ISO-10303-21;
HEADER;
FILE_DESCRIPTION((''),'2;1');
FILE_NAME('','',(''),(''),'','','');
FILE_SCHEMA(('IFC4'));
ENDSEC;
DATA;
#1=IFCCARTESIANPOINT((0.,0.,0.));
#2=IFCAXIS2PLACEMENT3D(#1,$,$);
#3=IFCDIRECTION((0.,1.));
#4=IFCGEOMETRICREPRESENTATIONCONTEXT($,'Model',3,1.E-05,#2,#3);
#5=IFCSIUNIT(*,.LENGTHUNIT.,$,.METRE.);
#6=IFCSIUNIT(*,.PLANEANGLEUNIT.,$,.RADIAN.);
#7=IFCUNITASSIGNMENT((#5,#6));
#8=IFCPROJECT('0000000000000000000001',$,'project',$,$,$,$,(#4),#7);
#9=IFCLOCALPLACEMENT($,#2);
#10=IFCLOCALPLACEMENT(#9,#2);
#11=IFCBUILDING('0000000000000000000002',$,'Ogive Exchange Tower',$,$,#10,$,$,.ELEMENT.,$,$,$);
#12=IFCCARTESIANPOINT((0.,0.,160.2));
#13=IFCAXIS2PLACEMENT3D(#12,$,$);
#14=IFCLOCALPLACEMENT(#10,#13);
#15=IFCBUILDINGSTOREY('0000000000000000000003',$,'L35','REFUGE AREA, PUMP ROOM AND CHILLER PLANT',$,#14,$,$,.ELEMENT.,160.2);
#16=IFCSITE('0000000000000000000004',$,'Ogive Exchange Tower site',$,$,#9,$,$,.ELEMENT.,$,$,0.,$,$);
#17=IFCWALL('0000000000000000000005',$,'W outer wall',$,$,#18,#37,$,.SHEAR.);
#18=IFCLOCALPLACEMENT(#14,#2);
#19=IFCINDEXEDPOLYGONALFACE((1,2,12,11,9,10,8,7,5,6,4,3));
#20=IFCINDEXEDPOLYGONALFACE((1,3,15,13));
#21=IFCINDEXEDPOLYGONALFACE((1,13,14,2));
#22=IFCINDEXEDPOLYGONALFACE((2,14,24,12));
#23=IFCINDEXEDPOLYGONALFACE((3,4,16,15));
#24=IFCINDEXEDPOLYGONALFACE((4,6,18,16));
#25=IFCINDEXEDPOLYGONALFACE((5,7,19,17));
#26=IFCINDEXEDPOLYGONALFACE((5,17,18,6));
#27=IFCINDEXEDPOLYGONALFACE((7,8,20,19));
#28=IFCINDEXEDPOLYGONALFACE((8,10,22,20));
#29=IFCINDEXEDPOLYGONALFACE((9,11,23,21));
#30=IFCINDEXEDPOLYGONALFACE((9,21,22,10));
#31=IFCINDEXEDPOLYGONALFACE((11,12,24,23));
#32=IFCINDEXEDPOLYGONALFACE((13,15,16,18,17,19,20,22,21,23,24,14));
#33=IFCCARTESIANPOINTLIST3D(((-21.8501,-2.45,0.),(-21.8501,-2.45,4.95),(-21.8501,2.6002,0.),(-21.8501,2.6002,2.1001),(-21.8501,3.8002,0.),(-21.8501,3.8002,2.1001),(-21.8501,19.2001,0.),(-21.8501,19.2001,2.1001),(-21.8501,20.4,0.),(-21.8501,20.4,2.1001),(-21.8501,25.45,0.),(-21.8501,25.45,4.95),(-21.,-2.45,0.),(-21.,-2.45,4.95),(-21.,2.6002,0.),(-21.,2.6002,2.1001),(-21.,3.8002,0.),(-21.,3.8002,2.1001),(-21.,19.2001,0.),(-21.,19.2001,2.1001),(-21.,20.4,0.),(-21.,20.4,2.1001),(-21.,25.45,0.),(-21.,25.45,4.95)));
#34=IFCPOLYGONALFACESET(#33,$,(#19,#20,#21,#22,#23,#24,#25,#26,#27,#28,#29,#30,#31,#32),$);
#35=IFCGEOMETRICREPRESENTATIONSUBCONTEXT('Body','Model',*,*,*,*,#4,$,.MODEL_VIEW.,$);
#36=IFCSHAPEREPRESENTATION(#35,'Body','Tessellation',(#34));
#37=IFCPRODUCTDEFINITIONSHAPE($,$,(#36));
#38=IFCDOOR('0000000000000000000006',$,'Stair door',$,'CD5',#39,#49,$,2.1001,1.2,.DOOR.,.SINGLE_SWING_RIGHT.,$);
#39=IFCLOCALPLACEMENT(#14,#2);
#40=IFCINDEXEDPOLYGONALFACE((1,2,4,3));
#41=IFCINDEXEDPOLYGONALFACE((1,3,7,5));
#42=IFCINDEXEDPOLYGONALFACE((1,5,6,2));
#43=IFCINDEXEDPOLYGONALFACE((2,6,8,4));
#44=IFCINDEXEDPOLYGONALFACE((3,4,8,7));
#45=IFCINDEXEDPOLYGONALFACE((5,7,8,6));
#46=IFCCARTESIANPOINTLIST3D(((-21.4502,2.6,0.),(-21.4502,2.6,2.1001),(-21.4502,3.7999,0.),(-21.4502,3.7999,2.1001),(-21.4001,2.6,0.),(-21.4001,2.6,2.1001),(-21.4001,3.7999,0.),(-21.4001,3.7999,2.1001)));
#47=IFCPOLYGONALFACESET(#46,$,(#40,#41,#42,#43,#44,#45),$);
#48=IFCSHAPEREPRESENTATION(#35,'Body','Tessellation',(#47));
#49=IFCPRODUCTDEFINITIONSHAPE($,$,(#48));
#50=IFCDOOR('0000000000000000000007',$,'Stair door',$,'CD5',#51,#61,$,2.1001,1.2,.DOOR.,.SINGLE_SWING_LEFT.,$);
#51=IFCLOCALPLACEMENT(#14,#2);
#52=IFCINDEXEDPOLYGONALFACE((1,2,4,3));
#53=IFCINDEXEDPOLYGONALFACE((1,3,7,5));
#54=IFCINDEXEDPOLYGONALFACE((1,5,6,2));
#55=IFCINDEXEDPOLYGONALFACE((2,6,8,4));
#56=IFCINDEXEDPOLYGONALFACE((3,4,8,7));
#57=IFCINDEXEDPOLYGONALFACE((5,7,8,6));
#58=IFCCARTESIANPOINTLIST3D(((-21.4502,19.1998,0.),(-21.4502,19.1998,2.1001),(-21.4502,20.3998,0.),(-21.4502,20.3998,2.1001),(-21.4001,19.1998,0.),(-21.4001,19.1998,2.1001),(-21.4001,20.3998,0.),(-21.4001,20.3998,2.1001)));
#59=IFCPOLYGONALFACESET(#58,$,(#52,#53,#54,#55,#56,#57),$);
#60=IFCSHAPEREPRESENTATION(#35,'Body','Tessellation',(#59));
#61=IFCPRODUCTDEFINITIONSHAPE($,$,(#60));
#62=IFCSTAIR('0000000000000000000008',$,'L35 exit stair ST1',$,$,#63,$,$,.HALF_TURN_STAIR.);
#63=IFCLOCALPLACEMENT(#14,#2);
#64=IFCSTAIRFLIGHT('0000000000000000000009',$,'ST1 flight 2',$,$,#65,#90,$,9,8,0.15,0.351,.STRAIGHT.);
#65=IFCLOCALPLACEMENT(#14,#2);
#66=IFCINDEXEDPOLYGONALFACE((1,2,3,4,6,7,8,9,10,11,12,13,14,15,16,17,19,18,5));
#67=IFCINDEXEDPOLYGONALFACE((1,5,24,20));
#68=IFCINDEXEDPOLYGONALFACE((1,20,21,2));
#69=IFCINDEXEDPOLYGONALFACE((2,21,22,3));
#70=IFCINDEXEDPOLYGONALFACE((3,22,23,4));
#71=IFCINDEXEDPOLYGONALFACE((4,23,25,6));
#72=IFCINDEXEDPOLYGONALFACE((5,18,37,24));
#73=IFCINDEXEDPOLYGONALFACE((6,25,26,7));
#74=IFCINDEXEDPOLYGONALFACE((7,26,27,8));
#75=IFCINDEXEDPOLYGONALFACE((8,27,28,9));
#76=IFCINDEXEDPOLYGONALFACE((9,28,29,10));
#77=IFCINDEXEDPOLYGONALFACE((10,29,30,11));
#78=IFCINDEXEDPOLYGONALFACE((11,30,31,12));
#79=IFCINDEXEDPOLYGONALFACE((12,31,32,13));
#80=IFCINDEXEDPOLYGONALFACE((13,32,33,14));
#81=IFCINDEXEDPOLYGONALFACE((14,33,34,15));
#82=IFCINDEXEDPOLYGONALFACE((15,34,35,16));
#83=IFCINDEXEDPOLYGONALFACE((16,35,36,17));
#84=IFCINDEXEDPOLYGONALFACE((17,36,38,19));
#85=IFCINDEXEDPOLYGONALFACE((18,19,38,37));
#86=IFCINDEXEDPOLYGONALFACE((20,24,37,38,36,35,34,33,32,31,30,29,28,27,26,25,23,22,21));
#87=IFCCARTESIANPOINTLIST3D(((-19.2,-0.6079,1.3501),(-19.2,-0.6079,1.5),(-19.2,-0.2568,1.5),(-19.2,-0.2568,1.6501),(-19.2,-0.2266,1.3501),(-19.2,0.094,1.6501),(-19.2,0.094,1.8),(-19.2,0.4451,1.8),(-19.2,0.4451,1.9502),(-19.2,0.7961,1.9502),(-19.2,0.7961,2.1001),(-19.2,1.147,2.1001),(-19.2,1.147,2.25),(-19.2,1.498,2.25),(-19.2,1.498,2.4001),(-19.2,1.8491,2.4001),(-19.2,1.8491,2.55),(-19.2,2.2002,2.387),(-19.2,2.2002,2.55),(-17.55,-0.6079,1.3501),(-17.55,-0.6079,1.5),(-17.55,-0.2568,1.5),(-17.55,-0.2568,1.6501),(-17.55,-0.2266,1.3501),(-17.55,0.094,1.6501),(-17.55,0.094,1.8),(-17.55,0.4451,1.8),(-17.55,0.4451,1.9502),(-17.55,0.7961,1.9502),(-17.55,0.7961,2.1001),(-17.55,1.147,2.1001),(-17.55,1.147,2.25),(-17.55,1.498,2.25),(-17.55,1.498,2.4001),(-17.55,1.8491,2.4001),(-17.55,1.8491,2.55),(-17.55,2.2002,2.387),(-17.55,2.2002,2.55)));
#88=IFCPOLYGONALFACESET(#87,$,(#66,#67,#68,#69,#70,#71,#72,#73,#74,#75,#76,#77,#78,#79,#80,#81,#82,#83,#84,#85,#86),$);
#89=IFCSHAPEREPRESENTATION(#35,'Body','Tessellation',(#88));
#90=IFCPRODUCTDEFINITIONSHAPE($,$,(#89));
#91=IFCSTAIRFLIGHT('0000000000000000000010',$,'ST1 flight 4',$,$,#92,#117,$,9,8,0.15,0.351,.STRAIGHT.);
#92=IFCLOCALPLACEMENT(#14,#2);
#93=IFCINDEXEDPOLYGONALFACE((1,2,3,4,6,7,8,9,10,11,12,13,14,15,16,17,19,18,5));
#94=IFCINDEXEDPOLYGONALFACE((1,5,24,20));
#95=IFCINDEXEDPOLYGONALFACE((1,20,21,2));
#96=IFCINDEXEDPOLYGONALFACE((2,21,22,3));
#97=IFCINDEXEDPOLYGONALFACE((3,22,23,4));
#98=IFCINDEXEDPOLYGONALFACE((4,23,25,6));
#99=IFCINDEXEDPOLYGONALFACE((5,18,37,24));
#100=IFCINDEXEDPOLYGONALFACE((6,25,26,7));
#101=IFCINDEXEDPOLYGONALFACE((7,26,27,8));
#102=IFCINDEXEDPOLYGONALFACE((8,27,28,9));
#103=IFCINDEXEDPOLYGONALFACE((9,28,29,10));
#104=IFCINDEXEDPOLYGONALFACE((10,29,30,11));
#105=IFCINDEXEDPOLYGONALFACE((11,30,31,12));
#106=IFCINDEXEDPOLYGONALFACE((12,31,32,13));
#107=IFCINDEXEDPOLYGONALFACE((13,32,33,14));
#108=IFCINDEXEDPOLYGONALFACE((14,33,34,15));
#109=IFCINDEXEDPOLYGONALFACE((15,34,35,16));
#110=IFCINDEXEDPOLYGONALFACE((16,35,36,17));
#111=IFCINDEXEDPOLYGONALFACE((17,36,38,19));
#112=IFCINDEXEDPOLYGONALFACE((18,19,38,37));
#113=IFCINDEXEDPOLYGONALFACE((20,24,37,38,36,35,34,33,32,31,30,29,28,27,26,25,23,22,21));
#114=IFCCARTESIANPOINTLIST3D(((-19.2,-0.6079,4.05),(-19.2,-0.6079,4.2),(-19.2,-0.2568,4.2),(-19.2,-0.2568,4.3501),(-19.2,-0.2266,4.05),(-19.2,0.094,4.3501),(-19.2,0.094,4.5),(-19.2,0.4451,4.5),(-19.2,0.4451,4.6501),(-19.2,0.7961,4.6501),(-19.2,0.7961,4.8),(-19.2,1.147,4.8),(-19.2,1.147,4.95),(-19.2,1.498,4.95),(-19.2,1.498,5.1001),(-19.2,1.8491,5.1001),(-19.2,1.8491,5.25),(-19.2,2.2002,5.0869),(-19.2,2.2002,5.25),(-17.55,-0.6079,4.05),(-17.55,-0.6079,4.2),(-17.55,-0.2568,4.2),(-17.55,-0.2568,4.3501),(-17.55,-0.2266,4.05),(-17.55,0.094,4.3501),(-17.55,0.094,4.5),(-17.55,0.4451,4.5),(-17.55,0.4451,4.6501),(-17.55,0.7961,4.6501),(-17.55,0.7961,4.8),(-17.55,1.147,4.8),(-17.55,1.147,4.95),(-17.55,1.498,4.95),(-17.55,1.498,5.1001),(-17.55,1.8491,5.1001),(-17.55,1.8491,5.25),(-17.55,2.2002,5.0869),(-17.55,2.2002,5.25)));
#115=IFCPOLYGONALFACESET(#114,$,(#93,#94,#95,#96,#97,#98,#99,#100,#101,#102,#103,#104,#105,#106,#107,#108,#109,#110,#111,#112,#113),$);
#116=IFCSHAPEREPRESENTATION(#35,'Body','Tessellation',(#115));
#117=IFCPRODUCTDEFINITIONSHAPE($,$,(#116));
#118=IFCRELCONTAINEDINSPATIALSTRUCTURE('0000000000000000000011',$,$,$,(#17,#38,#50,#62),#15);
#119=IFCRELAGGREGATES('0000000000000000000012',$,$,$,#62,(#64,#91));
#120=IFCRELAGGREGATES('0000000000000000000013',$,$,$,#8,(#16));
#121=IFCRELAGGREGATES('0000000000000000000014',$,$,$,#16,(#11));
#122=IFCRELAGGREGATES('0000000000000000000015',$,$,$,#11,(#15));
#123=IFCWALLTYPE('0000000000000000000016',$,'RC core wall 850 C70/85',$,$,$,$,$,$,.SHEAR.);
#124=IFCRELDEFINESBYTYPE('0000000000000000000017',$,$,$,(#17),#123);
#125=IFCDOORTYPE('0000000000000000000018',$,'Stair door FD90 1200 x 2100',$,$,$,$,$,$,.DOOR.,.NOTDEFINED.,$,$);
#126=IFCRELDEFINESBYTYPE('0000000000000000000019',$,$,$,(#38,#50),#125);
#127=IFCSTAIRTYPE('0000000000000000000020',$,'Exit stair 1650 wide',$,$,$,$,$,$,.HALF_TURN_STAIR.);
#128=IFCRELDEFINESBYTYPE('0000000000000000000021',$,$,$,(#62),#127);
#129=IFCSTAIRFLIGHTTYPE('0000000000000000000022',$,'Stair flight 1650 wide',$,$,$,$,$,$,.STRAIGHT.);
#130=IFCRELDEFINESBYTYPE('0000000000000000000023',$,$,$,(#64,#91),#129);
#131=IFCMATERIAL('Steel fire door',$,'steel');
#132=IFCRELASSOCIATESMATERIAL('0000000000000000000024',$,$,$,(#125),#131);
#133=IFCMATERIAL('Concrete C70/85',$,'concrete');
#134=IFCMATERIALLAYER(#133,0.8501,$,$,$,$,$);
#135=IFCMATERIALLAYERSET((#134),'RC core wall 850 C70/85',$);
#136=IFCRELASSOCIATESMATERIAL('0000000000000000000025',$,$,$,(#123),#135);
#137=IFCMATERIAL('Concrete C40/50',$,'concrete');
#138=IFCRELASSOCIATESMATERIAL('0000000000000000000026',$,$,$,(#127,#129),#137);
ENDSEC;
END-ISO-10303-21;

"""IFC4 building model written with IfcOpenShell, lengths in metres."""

from ifc_helpers import new_model, si_unit, direction, frame, frame_2d, origin, place, context, subcontext, project, spatial, polyline, rectangle, outline, extrude, material, layer, layer_set, type_object, element, fill, aggregate, save


model = new_model("IFC4")

# Units and contexts
model_context = context("Model", 3, precision=1e-05, world=origin(), true_north=direction((0.0, 1.0)))
body_context = subcontext(model_context, "Body", "Model", "MODEL_VIEW")
ifc_project = project(units=[si_unit("LENGTHUNIT", "METRE"), si_unit("PLANEANGLEUNIT", "RADIAN")], contexts=[model_context])

# Site, building, storey
site_placement = place(None, origin())
site = spatial("IfcSite", under=ifc_project, at=site_placement, Name="Ogive Exchange Tower site", CompositionType="ELEMENT", RefElevation=0.0)
building_placement = place(site_placement, origin())
building = spatial("IfcBuilding", under=site, at=building_placement, Name="Ogive Exchange Tower", CompositionType="ELEMENT")
storey_placement = place(building_placement, frame((0.0, 0.0, 160.2)))
storey = spatial("IfcBuildingStorey", under=building, at=storey_placement, Name="L35", Description="REFUGE AREA, PUMP ROOM AND CHILLER PLANT", CompositionType="ELEMENT", Elevation=160.2)

# Shared definitions
ifc_material_1 = material(Name="Concrete C70/85", Category="concrete")
ifc_material_2 = material(Name="Steel fire door", Category="steel")
door_type_1 = type_object("IfcDoorType", Name="Stair door FD90 1200 x 2100", OperationType="NOTDEFINED", PredefinedType="DOOR", material=ifc_material_2)

# Wall, openings, doors
ifc_layer_1 = layer(ifc_material_1, 0.8501)
ifc_layer_set_1 = layer_set([ifc_layer_1], Name="RC core wall 850 C70/85")
wall_type_1 = type_object("IfcWallType", Name="RC core wall 850 C70/85", PredefinedType="SHEAR", material=ifc_layer_set_1)
wall_1_placement = place(storey_placement, frame((-21.425, -2.45, 0.0), z_axis=(0.0, 0.0, 1.0), x_axis=(0.0, 1.0, 0.0)))
wall_1 = element("IfcWall", 1, at=wall_1_placement, inside=storey, type_object=wall_type_1, Name="W outer wall", PredefinedType="SHEAR", context=body_context, shape_type="SweptSolid", body=[
    extrude(rectangle(XDim=27.8999, YDim=0.8501, at=frame_2d((13.95, 0.0))), origin(), (0.0, 0.0, 1.0), 4.95),
])
opening_1_placement = place(wall_1_placement, frame((5.05, 0.0, 0.0)))
opening_1 = element("IfcOpeningElement", 2, at=opening_1_placement, cuts=wall_1, PredefinedType="OPENING", context=body_context, shape_type="SweptSolid", body=[
    extrude(rectangle(XDim=1.2, YDim=2.1001, at=frame_2d((0.6001, 1.05))), frame((0.0, 0.4351, 0.0), z_axis=(0.0, -1.0, 0.0), x_axis=(1.0, 0.0, 0.0)), (0.0, 0.0, 1.0), 0.8701),
])
opening_2_placement = place(wall_1_placement, frame((21.6499, 0.0, 0.0)))
opening_2 = element("IfcOpeningElement", 3, at=opening_2_placement, cuts=wall_1, PredefinedType="OPENING", context=body_context, shape_type="SweptSolid", body=[
    extrude(rectangle(XDim=1.2, YDim=2.1001, at=frame_2d((0.6001, 1.05))), frame((0.0, 0.4351, 0.0), z_axis=(0.0, -1.0, 0.0), x_axis=(1.0, 0.0, 0.0)), (0.0, 0.0, 1.0), 0.8701),
])
door_1_placement = place(opening_1_placement, frame((1.2, 0.0, 0.0), z_axis=(0.0, 0.0, 1.0), x_axis=(-1.0, 0.0, 0.0)))
door_1 = element("IfcDoor", 4, at=door_1_placement, inside=storey, type_object=door_type_1, Name="Stair door", ObjectType="CD5", OperationType="SINGLE_SWING_RIGHT", OverallHeight=2.1001, OverallWidth=1.2, PredefinedType="DOOR", context=body_context, shape_type="SweptSolid", body=[
    extrude(rectangle(XDim=1.2, YDim=2.1001, at=frame_2d((0.6001, 1.05))), frame((0.0, 0.0249, 0.0), z_axis=(0.0, -1.0, 0.0), x_axis=(1.0, 0.0, 0.0)), (0.0, 0.0, 1.0), 0.05),
])
fill(opening_1, door_1)
door_2_placement = place(opening_2_placement, frame((1.2, 0.0, 0.0), z_axis=(0.0, 0.0, 1.0), x_axis=(-1.0, 0.0, 0.0)))
door_2 = element("IfcDoor", 5, at=door_2_placement, inside=storey, type_object=door_type_1, Name="Stair door", ObjectType="CD5", OperationType="SINGLE_SWING_LEFT", OverallHeight=2.1001, OverallWidth=1.2, PredefinedType="DOOR", context=body_context, shape_type="SweptSolid", body=[
    extrude(rectangle(XDim=1.2, YDim=2.1001, at=frame_2d((0.6001, 1.05))), frame((0.0, 0.0249, 0.0), z_axis=(0.0, -1.0, 0.0), x_axis=(1.0, 0.0, 0.0)), (0.0, 0.0, 1.0), 0.05),
])
fill(opening_2, door_2)

# Stair, stair flights
ifc_material_3 = material(Name="Concrete C40/50", Category="concrete")
stair_type = type_object("IfcStairType", Name="Exit stair 1650 wide", PredefinedType="HALF_TURN_STAIR", material=ifc_material_3)
stair_placement = place(storey_placement, origin())
stair = element("IfcStair", 6, at=stair_placement, inside=storey, type_object=stair_type, Name="L35 exit stair ST1", PredefinedType="HALF_TURN_STAIR")
stair_flight_type = type_object("IfcStairFlightType", Name="Stair flight 1650 wide", PredefinedType="STRAIGHT", material=ifc_material_3)
stair_flight_1_placement = place(storey_placement, frame((-18.375, -0.6079, 1.3501), z_axis=(0.0, 0.0, 1.0), x_axis=(0.0, 1.0, 0.0)))
stair_flight_1 = element("IfcStairFlight", 7, at=stair_flight_1_placement, type_object=stair_flight_type, Name="ST1 flight 2", NumberOfRisers=9, NumberOfTreads=8, PredefinedType="STRAIGHT", RiserHeight=0.15, TreadLength=0.351, context=body_context, shape_type="SweptSolid", body=[
    extrude(outline(polyline([(0.0, 0.0), (0.0, 0.1499), (0.3511, 0.1499), (0.3511, 0.3), (0.7019, 0.3), (0.7019, 0.45), (1.053, 0.45), (1.053, 0.6001), (1.4041, 0.6001), (1.4041, 0.75), (1.7549, 0.75), (1.7549, 0.8999), (2.106, 0.8999), (2.106, 1.05), (2.457, 1.05), (2.457, 1.2), (2.8081, 1.2), (2.8081, 1.3501), (2.8081, 1.0369), (0.3813, 0.0), (0.0, 0.0)])), frame((0.0, 0.825, 0.0), z_axis=(0.0, -1.0, 0.0), x_axis=(1.0, 0.0, 0.0)), (0.0, 0.0, 1.0), 1.6499),
])
stair_flight_2_placement = place(storey_placement, frame((-18.375, -0.6079, 4.05), z_axis=(0.0, 0.0, 1.0), x_axis=(0.0, 1.0, 0.0)))
stair_flight_2 = element("IfcStairFlight", 8, at=stair_flight_2_placement, type_object=stair_flight_type, Name="ST1 flight 4", NumberOfRisers=9, NumberOfTreads=8, PredefinedType="STRAIGHT", RiserHeight=0.15, TreadLength=0.351, context=body_context, shape_type="SweptSolid", body=[
    extrude(outline(polyline([(0.0, 0.0), (0.0, 0.1499), (0.3511, 0.1499), (0.3511, 0.3), (0.7019, 0.3), (0.7019, 0.45), (1.053, 0.45), (1.053, 0.6001), (1.4041, 0.6001), (1.4041, 0.75), (1.7549, 0.75), (1.7549, 0.8999), (2.106, 0.8999), (2.106, 1.05), (2.457, 1.05), (2.457, 1.2), (2.8081, 1.2), (2.8081, 1.3501), (2.8081, 1.0369), (0.3813, 0.0), (0.0, 0.0)])), frame((0.0, 0.825, 0.0), z_axis=(0.0, -1.0, 0.0), x_axis=(1.0, 0.0, 0.0)), (0.0, 0.0, 1.0), 1.6499),
])
aggregate(stair, [stair_flight_1, stair_flight_2])

save(model, "model.ifc")
